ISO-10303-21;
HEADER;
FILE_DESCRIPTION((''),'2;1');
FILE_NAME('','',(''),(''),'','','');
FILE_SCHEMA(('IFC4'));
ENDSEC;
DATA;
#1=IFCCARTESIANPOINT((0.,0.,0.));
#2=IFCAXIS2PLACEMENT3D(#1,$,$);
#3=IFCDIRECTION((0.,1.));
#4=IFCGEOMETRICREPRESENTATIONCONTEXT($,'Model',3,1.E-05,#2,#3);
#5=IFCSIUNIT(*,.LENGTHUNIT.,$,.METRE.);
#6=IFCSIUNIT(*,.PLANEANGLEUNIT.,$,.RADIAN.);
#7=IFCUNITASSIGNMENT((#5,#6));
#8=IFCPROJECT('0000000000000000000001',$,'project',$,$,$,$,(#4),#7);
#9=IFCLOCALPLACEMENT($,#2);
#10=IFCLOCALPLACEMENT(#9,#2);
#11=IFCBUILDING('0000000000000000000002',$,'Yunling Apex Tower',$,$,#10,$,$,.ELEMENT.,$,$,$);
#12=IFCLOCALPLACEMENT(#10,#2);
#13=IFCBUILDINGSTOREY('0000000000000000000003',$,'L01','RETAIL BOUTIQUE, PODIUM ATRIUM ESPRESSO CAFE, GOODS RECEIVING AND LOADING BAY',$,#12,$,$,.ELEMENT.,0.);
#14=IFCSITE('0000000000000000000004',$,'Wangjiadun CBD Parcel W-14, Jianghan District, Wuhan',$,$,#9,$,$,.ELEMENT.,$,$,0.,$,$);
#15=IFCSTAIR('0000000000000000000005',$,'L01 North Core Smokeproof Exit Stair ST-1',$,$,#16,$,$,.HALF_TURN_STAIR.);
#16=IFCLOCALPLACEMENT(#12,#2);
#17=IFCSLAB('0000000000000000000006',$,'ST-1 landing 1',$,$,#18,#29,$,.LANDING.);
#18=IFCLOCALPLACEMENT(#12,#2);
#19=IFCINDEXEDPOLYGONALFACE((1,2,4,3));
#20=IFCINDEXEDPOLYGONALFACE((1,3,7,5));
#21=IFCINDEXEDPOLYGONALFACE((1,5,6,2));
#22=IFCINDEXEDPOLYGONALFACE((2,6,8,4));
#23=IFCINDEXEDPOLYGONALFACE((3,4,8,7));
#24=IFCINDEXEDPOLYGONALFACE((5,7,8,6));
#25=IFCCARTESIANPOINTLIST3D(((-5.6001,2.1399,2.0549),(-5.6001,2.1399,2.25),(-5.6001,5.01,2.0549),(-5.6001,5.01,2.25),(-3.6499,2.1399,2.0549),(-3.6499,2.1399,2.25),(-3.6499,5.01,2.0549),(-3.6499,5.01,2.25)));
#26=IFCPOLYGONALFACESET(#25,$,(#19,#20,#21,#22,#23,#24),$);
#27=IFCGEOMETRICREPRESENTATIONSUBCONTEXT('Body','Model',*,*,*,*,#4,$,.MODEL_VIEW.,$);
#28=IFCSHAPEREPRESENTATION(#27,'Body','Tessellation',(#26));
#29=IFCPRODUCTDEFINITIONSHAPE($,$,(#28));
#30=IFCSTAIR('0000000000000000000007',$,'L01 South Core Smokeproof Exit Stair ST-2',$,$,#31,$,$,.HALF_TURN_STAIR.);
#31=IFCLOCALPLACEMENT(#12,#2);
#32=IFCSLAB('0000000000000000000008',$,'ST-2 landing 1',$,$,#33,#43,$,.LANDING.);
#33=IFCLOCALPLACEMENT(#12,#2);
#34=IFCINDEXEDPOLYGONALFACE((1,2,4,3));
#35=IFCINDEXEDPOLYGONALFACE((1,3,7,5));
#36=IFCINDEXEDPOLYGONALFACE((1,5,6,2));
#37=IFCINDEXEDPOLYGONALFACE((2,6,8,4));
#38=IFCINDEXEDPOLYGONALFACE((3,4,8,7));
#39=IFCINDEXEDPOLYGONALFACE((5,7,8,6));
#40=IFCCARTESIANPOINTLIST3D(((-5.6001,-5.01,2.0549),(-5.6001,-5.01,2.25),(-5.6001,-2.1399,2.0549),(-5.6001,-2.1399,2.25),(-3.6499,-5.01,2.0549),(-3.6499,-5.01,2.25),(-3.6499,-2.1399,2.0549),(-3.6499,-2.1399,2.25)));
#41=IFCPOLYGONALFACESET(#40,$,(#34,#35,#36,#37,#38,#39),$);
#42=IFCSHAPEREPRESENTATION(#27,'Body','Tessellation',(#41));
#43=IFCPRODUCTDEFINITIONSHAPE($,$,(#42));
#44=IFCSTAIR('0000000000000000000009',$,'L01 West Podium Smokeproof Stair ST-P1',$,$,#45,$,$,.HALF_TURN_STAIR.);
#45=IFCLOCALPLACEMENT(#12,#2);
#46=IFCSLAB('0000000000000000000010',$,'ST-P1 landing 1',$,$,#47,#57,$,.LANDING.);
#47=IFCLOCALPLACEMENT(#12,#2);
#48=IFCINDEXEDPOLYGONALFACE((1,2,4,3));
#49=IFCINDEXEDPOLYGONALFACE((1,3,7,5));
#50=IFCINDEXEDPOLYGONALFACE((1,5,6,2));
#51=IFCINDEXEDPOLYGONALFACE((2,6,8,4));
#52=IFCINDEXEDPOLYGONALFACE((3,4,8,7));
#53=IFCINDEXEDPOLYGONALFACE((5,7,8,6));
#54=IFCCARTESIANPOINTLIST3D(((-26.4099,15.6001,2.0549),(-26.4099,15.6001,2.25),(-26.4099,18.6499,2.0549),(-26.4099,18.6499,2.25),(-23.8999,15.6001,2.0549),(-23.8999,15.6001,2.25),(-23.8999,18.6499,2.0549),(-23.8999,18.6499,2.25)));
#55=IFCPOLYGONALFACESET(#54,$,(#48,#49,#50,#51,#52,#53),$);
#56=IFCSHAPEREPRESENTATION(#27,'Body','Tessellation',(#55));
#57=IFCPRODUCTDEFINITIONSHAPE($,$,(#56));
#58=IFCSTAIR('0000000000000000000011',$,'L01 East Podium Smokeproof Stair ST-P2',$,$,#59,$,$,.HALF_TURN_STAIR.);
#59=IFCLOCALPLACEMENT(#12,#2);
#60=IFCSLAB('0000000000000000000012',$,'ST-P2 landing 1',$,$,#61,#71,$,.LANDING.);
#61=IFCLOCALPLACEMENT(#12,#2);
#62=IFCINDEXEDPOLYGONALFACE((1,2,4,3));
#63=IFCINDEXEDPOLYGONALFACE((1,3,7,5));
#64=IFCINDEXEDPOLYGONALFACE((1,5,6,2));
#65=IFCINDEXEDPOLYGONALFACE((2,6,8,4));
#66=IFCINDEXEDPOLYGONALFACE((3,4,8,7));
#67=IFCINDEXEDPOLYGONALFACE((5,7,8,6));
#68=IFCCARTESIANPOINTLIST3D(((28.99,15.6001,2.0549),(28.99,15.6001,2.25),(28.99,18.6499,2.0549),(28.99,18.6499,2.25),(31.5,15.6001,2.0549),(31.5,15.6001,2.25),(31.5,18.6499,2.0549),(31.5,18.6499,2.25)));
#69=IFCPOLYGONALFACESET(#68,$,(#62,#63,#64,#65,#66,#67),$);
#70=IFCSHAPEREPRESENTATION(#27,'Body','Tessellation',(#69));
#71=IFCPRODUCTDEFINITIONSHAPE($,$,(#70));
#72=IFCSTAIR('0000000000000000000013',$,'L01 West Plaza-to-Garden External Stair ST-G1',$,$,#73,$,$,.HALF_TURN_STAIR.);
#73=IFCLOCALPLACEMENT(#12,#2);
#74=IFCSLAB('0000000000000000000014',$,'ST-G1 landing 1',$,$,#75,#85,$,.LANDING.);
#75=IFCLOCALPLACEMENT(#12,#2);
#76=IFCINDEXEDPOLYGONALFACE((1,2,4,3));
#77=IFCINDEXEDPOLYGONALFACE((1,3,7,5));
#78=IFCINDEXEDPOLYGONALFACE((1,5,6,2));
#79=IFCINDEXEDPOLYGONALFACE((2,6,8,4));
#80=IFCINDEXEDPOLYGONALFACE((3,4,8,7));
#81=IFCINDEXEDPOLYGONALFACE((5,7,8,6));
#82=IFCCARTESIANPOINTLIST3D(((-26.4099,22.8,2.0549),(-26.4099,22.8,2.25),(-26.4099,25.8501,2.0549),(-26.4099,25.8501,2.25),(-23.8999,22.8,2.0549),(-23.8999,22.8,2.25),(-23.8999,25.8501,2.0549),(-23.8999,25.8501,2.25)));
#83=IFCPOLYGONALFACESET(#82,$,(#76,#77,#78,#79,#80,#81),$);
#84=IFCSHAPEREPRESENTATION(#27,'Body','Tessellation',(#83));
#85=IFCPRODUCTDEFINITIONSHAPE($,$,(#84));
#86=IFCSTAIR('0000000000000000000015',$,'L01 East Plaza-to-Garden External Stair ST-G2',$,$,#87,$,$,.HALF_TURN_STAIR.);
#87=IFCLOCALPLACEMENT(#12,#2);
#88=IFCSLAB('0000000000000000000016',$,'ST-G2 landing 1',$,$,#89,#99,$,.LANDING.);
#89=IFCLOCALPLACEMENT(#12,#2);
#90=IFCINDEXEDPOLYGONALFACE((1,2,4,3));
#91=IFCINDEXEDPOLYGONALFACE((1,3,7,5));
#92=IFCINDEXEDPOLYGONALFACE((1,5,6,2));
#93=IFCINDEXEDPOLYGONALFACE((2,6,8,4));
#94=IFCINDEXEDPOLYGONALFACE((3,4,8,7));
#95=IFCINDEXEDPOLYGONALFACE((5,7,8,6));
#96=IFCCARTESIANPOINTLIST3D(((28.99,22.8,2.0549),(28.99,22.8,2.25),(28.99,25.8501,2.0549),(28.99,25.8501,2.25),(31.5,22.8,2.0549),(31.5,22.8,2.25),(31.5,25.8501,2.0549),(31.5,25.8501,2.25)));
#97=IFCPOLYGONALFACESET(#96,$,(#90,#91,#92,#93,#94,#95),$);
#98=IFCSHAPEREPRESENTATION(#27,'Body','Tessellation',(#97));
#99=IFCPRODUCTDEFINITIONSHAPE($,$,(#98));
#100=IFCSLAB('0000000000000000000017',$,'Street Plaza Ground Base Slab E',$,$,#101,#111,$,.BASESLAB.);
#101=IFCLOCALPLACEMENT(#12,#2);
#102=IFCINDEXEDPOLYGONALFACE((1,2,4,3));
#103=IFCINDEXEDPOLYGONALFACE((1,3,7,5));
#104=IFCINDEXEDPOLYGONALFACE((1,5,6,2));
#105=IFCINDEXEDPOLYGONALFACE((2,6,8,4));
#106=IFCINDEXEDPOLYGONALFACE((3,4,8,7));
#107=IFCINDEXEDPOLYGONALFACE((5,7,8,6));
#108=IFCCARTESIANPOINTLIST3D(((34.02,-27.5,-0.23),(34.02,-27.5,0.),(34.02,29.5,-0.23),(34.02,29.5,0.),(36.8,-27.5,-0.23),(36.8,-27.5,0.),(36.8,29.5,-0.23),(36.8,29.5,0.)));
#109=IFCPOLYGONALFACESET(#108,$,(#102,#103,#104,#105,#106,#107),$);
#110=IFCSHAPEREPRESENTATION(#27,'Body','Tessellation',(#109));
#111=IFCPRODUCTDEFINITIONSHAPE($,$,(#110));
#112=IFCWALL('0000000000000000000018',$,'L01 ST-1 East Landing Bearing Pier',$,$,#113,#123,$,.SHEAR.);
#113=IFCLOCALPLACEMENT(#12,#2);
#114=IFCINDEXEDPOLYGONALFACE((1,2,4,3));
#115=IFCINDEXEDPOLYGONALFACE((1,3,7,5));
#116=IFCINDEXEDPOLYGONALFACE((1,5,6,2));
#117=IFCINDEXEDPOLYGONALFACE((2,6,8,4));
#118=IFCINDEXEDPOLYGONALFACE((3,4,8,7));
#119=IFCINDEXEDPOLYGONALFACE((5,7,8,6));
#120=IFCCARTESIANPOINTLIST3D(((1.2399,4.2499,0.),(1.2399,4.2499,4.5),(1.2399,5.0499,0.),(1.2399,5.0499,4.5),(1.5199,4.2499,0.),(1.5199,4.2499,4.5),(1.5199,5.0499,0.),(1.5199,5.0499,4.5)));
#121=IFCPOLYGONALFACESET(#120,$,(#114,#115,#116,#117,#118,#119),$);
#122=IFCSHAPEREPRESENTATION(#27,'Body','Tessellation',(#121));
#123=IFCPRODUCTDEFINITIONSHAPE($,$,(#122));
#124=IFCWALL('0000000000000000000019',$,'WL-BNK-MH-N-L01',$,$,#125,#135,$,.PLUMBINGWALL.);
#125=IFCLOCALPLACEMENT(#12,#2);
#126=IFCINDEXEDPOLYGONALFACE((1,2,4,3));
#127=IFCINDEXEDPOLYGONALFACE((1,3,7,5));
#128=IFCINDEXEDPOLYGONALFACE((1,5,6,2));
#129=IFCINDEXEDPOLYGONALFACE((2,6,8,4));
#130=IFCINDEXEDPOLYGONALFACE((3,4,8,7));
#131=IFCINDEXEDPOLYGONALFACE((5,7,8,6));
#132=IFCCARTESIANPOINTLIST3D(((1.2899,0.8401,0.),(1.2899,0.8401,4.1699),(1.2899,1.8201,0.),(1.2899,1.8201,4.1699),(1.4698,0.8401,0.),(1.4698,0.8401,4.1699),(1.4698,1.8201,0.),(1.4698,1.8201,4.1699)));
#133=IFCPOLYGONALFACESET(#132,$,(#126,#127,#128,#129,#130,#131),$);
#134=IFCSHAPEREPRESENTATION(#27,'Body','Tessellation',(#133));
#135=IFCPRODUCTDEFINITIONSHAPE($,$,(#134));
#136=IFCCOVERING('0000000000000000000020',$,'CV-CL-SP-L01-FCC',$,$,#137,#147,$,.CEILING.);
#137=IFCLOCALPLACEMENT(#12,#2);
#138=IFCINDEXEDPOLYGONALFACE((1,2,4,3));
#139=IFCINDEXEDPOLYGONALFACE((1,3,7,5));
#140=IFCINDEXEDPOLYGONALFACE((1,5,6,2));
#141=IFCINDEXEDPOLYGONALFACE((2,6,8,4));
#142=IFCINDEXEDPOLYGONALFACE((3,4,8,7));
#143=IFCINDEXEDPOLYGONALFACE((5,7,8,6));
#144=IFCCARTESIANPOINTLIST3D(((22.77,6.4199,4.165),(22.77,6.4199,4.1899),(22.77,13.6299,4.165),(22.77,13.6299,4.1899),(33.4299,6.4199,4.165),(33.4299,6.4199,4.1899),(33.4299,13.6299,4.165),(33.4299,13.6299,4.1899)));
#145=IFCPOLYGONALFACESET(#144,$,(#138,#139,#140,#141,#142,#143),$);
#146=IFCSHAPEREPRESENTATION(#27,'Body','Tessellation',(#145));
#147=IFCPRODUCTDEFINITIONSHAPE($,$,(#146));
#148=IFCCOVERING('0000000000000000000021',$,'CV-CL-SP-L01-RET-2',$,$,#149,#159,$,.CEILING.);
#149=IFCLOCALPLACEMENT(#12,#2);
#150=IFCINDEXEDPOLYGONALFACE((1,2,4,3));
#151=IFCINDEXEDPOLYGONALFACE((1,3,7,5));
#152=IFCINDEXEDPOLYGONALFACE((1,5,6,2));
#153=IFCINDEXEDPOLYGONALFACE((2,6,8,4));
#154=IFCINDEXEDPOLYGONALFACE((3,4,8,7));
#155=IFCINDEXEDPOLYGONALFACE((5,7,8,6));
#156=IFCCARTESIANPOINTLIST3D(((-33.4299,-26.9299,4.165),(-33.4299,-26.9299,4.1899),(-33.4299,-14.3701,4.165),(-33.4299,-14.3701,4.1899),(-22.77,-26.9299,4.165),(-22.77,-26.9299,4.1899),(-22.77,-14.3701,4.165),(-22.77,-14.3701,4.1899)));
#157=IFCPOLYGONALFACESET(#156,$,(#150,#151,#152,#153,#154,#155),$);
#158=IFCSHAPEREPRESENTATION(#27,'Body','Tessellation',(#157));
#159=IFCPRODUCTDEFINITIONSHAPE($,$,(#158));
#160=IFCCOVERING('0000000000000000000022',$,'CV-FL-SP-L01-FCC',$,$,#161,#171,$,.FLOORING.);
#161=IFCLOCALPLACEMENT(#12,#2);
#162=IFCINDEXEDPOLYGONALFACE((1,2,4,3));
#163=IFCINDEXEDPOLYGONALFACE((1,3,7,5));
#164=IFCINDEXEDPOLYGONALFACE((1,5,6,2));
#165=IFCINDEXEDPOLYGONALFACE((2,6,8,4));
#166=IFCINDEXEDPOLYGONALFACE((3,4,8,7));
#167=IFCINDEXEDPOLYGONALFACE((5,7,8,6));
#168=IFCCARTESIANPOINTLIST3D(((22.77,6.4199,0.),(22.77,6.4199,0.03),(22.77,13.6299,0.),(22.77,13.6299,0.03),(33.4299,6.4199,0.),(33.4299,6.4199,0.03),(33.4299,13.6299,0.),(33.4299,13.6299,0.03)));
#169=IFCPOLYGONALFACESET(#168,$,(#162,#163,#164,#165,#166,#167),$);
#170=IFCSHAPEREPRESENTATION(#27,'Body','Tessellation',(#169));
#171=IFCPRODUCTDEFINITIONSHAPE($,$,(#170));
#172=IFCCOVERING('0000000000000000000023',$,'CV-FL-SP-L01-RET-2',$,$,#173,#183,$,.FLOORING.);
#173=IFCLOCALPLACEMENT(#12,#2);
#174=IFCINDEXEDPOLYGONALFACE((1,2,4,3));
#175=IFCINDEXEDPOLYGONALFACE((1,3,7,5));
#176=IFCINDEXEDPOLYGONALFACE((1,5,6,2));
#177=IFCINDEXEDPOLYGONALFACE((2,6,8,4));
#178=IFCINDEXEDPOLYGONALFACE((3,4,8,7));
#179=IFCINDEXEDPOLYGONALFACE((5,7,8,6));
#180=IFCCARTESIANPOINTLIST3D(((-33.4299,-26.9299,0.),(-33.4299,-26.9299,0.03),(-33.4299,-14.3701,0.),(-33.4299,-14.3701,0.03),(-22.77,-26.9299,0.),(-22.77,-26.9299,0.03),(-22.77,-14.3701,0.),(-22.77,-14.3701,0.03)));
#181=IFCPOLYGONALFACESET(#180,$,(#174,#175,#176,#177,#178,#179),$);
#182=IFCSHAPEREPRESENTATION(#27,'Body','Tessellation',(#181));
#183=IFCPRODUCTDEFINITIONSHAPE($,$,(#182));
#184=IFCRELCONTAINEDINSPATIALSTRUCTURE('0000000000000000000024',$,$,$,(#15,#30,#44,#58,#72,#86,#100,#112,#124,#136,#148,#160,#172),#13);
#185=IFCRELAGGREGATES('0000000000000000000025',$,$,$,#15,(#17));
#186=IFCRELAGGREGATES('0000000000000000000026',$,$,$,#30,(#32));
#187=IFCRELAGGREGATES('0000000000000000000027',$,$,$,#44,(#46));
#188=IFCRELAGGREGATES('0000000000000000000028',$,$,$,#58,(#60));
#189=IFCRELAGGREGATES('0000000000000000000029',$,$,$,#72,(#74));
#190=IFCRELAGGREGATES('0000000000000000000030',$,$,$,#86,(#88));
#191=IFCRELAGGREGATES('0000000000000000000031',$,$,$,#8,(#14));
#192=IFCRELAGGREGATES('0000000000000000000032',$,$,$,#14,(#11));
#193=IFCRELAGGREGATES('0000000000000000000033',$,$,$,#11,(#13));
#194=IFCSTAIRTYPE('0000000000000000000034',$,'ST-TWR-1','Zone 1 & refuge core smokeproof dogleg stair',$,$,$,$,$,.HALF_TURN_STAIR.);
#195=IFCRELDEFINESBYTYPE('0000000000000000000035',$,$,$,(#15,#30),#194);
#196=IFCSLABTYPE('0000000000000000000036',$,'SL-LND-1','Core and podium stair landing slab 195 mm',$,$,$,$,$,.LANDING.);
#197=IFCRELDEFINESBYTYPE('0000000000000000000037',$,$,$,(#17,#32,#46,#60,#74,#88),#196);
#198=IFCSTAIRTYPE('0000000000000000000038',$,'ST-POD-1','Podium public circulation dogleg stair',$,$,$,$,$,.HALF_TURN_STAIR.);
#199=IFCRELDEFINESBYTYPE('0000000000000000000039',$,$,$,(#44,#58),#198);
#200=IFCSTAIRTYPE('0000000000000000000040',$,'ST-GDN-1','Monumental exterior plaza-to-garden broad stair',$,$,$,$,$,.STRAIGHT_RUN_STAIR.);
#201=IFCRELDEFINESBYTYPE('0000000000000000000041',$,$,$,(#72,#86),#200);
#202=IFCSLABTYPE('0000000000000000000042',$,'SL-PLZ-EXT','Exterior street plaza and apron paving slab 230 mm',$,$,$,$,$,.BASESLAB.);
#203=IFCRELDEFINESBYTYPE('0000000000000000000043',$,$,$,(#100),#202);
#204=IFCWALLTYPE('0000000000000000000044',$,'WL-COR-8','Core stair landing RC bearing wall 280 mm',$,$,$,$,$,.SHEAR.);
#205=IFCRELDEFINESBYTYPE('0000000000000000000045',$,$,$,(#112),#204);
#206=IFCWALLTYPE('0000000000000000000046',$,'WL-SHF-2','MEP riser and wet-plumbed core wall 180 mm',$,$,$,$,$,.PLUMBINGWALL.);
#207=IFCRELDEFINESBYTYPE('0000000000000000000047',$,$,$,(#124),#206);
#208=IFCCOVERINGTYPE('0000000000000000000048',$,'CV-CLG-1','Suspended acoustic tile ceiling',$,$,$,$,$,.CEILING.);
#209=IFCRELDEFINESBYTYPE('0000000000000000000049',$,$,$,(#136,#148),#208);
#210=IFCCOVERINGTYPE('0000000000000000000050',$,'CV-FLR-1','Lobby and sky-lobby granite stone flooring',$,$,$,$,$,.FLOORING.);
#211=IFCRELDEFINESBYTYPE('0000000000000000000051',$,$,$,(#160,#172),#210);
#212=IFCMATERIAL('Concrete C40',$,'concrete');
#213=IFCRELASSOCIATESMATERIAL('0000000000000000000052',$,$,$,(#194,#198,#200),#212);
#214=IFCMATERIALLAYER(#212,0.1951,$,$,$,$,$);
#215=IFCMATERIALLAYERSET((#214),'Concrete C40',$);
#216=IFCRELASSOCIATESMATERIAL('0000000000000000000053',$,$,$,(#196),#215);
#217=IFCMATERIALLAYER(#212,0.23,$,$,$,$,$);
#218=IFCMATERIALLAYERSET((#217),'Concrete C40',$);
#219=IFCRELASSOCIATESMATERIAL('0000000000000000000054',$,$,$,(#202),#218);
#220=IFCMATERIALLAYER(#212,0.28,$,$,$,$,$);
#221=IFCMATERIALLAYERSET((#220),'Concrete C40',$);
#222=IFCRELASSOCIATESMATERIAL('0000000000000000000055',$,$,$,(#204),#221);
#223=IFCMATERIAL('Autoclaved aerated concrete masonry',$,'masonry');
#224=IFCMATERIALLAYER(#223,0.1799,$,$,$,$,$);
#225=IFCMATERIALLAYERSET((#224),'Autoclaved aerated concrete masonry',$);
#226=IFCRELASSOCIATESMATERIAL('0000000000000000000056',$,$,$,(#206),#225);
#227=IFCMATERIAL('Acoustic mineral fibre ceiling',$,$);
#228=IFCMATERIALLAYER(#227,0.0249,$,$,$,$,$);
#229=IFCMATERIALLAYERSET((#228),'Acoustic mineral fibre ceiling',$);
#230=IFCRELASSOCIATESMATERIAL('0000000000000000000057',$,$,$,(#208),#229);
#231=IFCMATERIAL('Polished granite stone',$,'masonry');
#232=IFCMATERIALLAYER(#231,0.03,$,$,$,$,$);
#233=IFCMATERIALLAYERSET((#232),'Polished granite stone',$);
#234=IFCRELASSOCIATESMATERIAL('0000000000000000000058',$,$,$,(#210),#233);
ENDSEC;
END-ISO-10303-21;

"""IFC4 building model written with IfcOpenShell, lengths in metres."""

from ifc_helpers import new_model, si_unit, direction, frame, frame_2d, origin, place, context, subcontext, project, spatial, polyline, rectangle, outline, extrude, material, layer, layer_set, type_object, element, aggregate, save


model = new_model("IFC4")

# Units and contexts
model_context = context("Model", 3, precision=1e-05, world=origin(), true_north=direction((0.0, 1.0)))
body_context = subcontext(model_context, "Body", "Model", "MODEL_VIEW")
ifc_project = project(units=[si_unit("LENGTHUNIT", "METRE"), si_unit("PLANEANGLEUNIT", "RADIAN")], contexts=[model_context])

# Site, building, storey
site_placement = place(None, origin())
site = spatial("IfcSite", under=ifc_project, at=site_placement, Name="Wangjiadun CBD Parcel W-14, Jianghan District, Wuhan", CompositionType="ELEMENT", RefElevation=0.0)
building_placement = place(site_placement, origin())
building = spatial("IfcBuilding", under=site, at=building_placement, Name="Yunling Apex Tower", CompositionType="ELEMENT")
storey_placement = place(building_placement, origin())
storey = spatial("IfcBuildingStorey", under=building, at=storey_placement, Name="L01", Description="RETAIL BOUTIQUE, PODIUM ATRIUM ESPRESSO CAFE, GOODS RECEIVING AND LOADING BAY", CompositionType="ELEMENT", Elevation=0.0)

# Stairs, slabs
ifc_material_1 = material(Name="Concrete C40", Category="concrete")
stair_type_1 = type_object("IfcStairType", Name="ST-TWR-1", Description="Zone 1 & refuge core smokeproof dogleg stair", PredefinedType="HALF_TURN_STAIR", material=ifc_material_1)
stair_1_placement = place(storey_placement, origin())
stair_1 = element("IfcStair", 1, at=stair_1_placement, inside=storey, type_object=stair_type_1, Name="L01 North Core Smokeproof Exit Stair ST-1", PredefinedType="HALF_TURN_STAIR")
ifc_layer_1 = layer(ifc_material_1, 0.1951)
ifc_layer_set_1 = layer_set([ifc_layer_1], Name="Concrete C40")
slab_type_1 = type_object("IfcSlabType", Name="SL-LND-1", Description="Core and podium stair landing slab 195 mm", PredefinedType="LANDING", material=ifc_layer_set_1)
slab_1_placement = place(storey_placement, frame((0.0, 0.0, 2.0549)))
slab_1 = element("IfcSlab", 2, at=slab_1_placement, type_object=slab_type_1, Name="ST-1 landing 1", PredefinedType="LANDING", context=body_context, shape_type="SweptSolid", body=[
    extrude(outline(polyline([(-3.6499, 5.01), (-5.6001, 5.01), (-5.6001, 2.1399), (-3.6499, 2.1399), (-3.6499, 5.01)])), origin(), (0.0, 0.0, 1.0), 0.1951),
])
aggregate(stair_1, [slab_1])
stair_2_placement = place(storey_placement, origin())
stair_2 = element("IfcStair", 3, at=stair_2_placement, inside=storey, type_object=stair_type_1, Name="L01 South Core Smokeproof Exit Stair ST-2", PredefinedType="HALF_TURN_STAIR")
slab_2_placement = place(storey_placement, frame((0.0, 0.0, 2.0549)))
slab_2 = element("IfcSlab", 4, at=slab_2_placement, type_object=slab_type_1, Name="ST-2 landing 1", PredefinedType="LANDING", context=body_context, shape_type="SweptSolid", body=[
    extrude(outline(polyline([(-3.6499, -2.1399), (-5.6001, -2.1399), (-5.6001, -5.01), (-3.6499, -5.01), (-3.6499, -2.1399)])), origin(), (0.0, 0.0, 1.0), 0.1951),
])
aggregate(stair_2, [slab_2])
stair_type_2 = type_object("IfcStairType", Name="ST-POD-1", Description="Podium public circulation dogleg stair", PredefinedType="HALF_TURN_STAIR", material=ifc_material_1)
stair_3_placement = place(storey_placement, origin())
stair_3 = element("IfcStair", 5, at=stair_3_placement, inside=storey, type_object=stair_type_2, Name="L01 West Podium Smokeproof Stair ST-P1", PredefinedType="HALF_TURN_STAIR")
slab_3_placement = place(storey_placement, frame((0.0, 0.0, 2.0549)))
slab_3 = element("IfcSlab", 6, at=slab_3_placement, type_object=slab_type_1, Name="ST-P1 landing 1", PredefinedType="LANDING", context=body_context, shape_type="SweptSolid", body=[
    extrude(outline(polyline([(-26.4099, 15.6001), (-23.8999, 15.6001), (-23.8999, 18.6499), (-26.4099, 18.6499), (-26.4099, 15.6001)])), origin(), (0.0, 0.0, 1.0), 0.1951),
])
aggregate(stair_3, [slab_3])
stair_4_placement = place(storey_placement, origin())
stair_4 = element("IfcStair", 7, at=stair_4_placement, inside=storey, type_object=stair_type_2, Name="L01 East Podium Smokeproof Stair ST-P2", PredefinedType="HALF_TURN_STAIR")
slab_4_placement = place(storey_placement, frame((0.0, 0.0, 2.0549)))
slab_4 = element("IfcSlab", 8, at=slab_4_placement, type_object=slab_type_1, Name="ST-P2 landing 1", PredefinedType="LANDING", context=body_context, shape_type="SweptSolid", body=[
    extrude(outline(polyline([(28.99, 15.6001), (31.5, 15.6001), (31.5, 18.6499), (28.99, 18.6499), (28.99, 15.6001)])), origin(), (0.0, 0.0, 1.0), 0.1951),
])
aggregate(stair_4, [slab_4])
stair_type_3 = type_object("IfcStairType", Name="ST-GDN-1", Description="Monumental exterior plaza-to-garden broad stair", PredefinedType="STRAIGHT_RUN_STAIR", material=ifc_material_1)
stair_5_placement = place(storey_placement, origin())
stair_5 = element("IfcStair", 9, at=stair_5_placement, inside=storey, type_object=stair_type_3, Name="L01 West Plaza-to-Garden External Stair ST-G1", PredefinedType="HALF_TURN_STAIR")
slab_5_placement = place(storey_placement, frame((0.0, 0.0, 2.0549)))
slab_5 = element("IfcSlab", 10, at=slab_5_placement, type_object=slab_type_1, Name="ST-G1 landing 1", PredefinedType="LANDING", context=body_context, shape_type="SweptSolid", body=[
    extrude(outline(polyline([(-26.4099, 22.8), (-23.8999, 22.8), (-23.8999, 25.8501), (-26.4099, 25.8501), (-26.4099, 22.8)])), origin(), (0.0, 0.0, 1.0), 0.1951),
])
aggregate(stair_5, [slab_5])
stair_6_placement = place(storey_placement, origin())
stair_6 = element("IfcStair", 11, at=stair_6_placement, inside=storey, type_object=stair_type_3, Name="L01 East Plaza-to-Garden External Stair ST-G2", PredefinedType="HALF_TURN_STAIR")
slab_6_placement = place(storey_placement, frame((0.0, 0.0, 2.0549)))
slab_6 = element("IfcSlab", 12, at=slab_6_placement, type_object=slab_type_1, Name="ST-G2 landing 1", PredefinedType="LANDING", context=body_context, shape_type="SweptSolid", body=[
    extrude(outline(polyline([(28.99, 22.8), (31.5, 22.8), (31.5, 25.8501), (28.99, 25.8501), (28.99, 22.8)])), origin(), (0.0, 0.0, 1.0), 0.1951),
])
aggregate(stair_6, [slab_6])

# Slab
ifc_layer_2 = layer(ifc_material_1, 0.23)
ifc_layer_set_2 = layer_set([ifc_layer_2], Name="Concrete C40")
slab_type_2 = type_object("IfcSlabType", Name="SL-PLZ-EXT", Description="Exterior street plaza and apron paving slab 230 mm", PredefinedType="BASESLAB", material=ifc_layer_set_2)
slab_7_placement = place(storey_placement, frame((0.0, 0.0, -0.23)))
element("IfcSlab", 13, at=slab_7_placement, inside=storey, type_object=slab_type_2, Name="Street Plaza Ground Base Slab E", PredefinedType="BASESLAB", context=body_context, shape_type="SweptSolid", body=[
    extrude(outline(polyline([(34.02, -27.5), (36.8, -27.5), (36.8, 29.5), (34.02, 29.5), (34.02, -27.5)])), origin(), (0.0, 0.0, 1.0), 0.23),
])

# Wall
ifc_layer_3 = layer(ifc_material_1, 0.28)
ifc_layer_set_3 = layer_set([ifc_layer_3], Name="Concrete C40")
wall_type_1 = type_object("IfcWallType", Name="WL-COR-8", Description="Core stair landing RC bearing wall 280 mm", PredefinedType="SHEAR", material=ifc_layer_set_3)
wall_1_placement = place(storey_placement, frame((1.3799, 4.25, 0.0), z_axis=(0.0, 0.0, 1.0), x_axis=(0.0, 1.0, 0.0)))
element("IfcWall", 14, at=wall_1_placement, inside=storey, type_object=wall_type_1, Name="L01 ST-1 East Landing Bearing Pier", PredefinedType="SHEAR", context=body_context, shape_type="SweptSolid", body=[
    extrude(rectangle(XDim=0.8, YDim=0.28, at=frame_2d((0.3999, 0.0))), origin(), (0.0, 0.0, 1.0), 4.5),
])

# Shared definitions
ifc_material_2 = material(Name="Autoclaved aerated concrete masonry", Category="masonry")

# Wall
ifc_layer_4 = layer(ifc_material_2, 0.1799)
ifc_layer_set_4 = layer_set([ifc_layer_4], Name="Autoclaved aerated concrete masonry")
wall_type_2 = type_object("IfcWallType", Name="WL-SHF-2", Description="MEP riser and wet-plumbed core wall 180 mm", PredefinedType="PLUMBINGWALL", material=ifc_layer_set_4)
wall_2_placement = place(storey_placement, frame((1.3799, 0.8401, 0.0), z_axis=(0.0, 0.0, 1.0), x_axis=(0.0, 1.0, 0.0)))
element("IfcWall", 15, at=wall_2_placement, inside=storey, type_object=wall_type_2, Name="WL-BNK-MH-N-L01", PredefinedType="PLUMBINGWALL", context=body_context, shape_type="SweptSolid", body=[
    extrude(rectangle(XDim=0.98, YDim=0.1799, at=frame_2d((0.49, 0.0))), origin(), (0.0, 0.0, 1.0), 4.1699),
])

# Coverings
ifc_material_3 = material(Name="Acoustic mineral fibre ceiling")
ifc_layer_5 = layer(ifc_material_3, 0.0249)
ifc_layer_set_5 = layer_set([ifc_layer_5], Name="Acoustic mineral fibre ceiling")
covering_type_1 = type_object("IfcCoveringType", Name="CV-CLG-1", Description="Suspended acoustic tile ceiling", PredefinedType="CEILING", material=ifc_layer_set_5)
covering_1_placement = place(storey_placement, frame((0.0, 0.0, 4.165)))
element("IfcCovering", 16, at=covering_1_placement, inside=storey, type_object=covering_type_1, Name="CV-CL-SP-L01-FCC", PredefinedType="CEILING", context=body_context, shape_type="SweptSolid", body=[
    extrude(outline(polyline([(33.4299, 6.4199), (22.77, 6.4199), (22.77, 13.6299), (33.4299, 13.6299), (33.4299, 6.4199)])), origin(), (0.0, 0.0, 1.0), 0.0249),
])
covering_2_placement = place(storey_placement, frame((0.0, 0.0, 4.165)))
element("IfcCovering", 17, at=covering_2_placement, inside=storey, type_object=covering_type_1, Name="CV-CL-SP-L01-RET-2", PredefinedType="CEILING", context=body_context, shape_type="SweptSolid", body=[
    extrude(outline(polyline([(-22.77, -26.9299), (-33.4299, -26.9299), (-33.4299, -14.3701), (-22.77, -14.3701), (-22.77, -26.9299)])), origin(), (0.0, 0.0, 1.0), 0.0249),
])
ifc_material_4 = material(Name="Polished granite stone", Category="masonry")
ifc_layer_6 = layer(ifc_material_4, 0.03)
ifc_layer_set_6 = layer_set([ifc_layer_6], Name="Polished granite stone")
covering_type_2 = type_object("IfcCoveringType", Name="CV-FLR-1", Description="Lobby and sky-lobby granite stone flooring", PredefinedType="FLOORING", material=ifc_layer_set_6)
covering_3_placement = place(storey_placement, origin())
element("IfcCovering", 18, at=covering_3_placement, inside=storey, type_object=covering_type_2, Name="CV-FL-SP-L01-FCC", PredefinedType="FLOORING", context=body_context, shape_type="SweptSolid", body=[
    extrude(outline(polyline([(33.4299, 6.4199), (22.77, 6.4199), (22.77, 13.6299), (33.4299, 13.6299), (33.4299, 6.4199)])), origin(), (0.0, 0.0, 1.0), 0.03),
])
covering_4_placement = place(storey_placement, origin())
element("IfcCovering", 19, at=covering_4_placement, inside=storey, type_object=covering_type_2, Name="CV-FL-SP-L01-RET-2", PredefinedType="FLOORING", context=body_context, shape_type="SweptSolid", body=[
    extrude(outline(polyline([(-22.77, -26.9299), (-33.4299, -26.9299), (-33.4299, -14.3701), (-22.77, -14.3701), (-22.77, -26.9299)])), origin(), (0.0, 0.0, 1.0), 0.03),
])

save(model, "model.ifc")
